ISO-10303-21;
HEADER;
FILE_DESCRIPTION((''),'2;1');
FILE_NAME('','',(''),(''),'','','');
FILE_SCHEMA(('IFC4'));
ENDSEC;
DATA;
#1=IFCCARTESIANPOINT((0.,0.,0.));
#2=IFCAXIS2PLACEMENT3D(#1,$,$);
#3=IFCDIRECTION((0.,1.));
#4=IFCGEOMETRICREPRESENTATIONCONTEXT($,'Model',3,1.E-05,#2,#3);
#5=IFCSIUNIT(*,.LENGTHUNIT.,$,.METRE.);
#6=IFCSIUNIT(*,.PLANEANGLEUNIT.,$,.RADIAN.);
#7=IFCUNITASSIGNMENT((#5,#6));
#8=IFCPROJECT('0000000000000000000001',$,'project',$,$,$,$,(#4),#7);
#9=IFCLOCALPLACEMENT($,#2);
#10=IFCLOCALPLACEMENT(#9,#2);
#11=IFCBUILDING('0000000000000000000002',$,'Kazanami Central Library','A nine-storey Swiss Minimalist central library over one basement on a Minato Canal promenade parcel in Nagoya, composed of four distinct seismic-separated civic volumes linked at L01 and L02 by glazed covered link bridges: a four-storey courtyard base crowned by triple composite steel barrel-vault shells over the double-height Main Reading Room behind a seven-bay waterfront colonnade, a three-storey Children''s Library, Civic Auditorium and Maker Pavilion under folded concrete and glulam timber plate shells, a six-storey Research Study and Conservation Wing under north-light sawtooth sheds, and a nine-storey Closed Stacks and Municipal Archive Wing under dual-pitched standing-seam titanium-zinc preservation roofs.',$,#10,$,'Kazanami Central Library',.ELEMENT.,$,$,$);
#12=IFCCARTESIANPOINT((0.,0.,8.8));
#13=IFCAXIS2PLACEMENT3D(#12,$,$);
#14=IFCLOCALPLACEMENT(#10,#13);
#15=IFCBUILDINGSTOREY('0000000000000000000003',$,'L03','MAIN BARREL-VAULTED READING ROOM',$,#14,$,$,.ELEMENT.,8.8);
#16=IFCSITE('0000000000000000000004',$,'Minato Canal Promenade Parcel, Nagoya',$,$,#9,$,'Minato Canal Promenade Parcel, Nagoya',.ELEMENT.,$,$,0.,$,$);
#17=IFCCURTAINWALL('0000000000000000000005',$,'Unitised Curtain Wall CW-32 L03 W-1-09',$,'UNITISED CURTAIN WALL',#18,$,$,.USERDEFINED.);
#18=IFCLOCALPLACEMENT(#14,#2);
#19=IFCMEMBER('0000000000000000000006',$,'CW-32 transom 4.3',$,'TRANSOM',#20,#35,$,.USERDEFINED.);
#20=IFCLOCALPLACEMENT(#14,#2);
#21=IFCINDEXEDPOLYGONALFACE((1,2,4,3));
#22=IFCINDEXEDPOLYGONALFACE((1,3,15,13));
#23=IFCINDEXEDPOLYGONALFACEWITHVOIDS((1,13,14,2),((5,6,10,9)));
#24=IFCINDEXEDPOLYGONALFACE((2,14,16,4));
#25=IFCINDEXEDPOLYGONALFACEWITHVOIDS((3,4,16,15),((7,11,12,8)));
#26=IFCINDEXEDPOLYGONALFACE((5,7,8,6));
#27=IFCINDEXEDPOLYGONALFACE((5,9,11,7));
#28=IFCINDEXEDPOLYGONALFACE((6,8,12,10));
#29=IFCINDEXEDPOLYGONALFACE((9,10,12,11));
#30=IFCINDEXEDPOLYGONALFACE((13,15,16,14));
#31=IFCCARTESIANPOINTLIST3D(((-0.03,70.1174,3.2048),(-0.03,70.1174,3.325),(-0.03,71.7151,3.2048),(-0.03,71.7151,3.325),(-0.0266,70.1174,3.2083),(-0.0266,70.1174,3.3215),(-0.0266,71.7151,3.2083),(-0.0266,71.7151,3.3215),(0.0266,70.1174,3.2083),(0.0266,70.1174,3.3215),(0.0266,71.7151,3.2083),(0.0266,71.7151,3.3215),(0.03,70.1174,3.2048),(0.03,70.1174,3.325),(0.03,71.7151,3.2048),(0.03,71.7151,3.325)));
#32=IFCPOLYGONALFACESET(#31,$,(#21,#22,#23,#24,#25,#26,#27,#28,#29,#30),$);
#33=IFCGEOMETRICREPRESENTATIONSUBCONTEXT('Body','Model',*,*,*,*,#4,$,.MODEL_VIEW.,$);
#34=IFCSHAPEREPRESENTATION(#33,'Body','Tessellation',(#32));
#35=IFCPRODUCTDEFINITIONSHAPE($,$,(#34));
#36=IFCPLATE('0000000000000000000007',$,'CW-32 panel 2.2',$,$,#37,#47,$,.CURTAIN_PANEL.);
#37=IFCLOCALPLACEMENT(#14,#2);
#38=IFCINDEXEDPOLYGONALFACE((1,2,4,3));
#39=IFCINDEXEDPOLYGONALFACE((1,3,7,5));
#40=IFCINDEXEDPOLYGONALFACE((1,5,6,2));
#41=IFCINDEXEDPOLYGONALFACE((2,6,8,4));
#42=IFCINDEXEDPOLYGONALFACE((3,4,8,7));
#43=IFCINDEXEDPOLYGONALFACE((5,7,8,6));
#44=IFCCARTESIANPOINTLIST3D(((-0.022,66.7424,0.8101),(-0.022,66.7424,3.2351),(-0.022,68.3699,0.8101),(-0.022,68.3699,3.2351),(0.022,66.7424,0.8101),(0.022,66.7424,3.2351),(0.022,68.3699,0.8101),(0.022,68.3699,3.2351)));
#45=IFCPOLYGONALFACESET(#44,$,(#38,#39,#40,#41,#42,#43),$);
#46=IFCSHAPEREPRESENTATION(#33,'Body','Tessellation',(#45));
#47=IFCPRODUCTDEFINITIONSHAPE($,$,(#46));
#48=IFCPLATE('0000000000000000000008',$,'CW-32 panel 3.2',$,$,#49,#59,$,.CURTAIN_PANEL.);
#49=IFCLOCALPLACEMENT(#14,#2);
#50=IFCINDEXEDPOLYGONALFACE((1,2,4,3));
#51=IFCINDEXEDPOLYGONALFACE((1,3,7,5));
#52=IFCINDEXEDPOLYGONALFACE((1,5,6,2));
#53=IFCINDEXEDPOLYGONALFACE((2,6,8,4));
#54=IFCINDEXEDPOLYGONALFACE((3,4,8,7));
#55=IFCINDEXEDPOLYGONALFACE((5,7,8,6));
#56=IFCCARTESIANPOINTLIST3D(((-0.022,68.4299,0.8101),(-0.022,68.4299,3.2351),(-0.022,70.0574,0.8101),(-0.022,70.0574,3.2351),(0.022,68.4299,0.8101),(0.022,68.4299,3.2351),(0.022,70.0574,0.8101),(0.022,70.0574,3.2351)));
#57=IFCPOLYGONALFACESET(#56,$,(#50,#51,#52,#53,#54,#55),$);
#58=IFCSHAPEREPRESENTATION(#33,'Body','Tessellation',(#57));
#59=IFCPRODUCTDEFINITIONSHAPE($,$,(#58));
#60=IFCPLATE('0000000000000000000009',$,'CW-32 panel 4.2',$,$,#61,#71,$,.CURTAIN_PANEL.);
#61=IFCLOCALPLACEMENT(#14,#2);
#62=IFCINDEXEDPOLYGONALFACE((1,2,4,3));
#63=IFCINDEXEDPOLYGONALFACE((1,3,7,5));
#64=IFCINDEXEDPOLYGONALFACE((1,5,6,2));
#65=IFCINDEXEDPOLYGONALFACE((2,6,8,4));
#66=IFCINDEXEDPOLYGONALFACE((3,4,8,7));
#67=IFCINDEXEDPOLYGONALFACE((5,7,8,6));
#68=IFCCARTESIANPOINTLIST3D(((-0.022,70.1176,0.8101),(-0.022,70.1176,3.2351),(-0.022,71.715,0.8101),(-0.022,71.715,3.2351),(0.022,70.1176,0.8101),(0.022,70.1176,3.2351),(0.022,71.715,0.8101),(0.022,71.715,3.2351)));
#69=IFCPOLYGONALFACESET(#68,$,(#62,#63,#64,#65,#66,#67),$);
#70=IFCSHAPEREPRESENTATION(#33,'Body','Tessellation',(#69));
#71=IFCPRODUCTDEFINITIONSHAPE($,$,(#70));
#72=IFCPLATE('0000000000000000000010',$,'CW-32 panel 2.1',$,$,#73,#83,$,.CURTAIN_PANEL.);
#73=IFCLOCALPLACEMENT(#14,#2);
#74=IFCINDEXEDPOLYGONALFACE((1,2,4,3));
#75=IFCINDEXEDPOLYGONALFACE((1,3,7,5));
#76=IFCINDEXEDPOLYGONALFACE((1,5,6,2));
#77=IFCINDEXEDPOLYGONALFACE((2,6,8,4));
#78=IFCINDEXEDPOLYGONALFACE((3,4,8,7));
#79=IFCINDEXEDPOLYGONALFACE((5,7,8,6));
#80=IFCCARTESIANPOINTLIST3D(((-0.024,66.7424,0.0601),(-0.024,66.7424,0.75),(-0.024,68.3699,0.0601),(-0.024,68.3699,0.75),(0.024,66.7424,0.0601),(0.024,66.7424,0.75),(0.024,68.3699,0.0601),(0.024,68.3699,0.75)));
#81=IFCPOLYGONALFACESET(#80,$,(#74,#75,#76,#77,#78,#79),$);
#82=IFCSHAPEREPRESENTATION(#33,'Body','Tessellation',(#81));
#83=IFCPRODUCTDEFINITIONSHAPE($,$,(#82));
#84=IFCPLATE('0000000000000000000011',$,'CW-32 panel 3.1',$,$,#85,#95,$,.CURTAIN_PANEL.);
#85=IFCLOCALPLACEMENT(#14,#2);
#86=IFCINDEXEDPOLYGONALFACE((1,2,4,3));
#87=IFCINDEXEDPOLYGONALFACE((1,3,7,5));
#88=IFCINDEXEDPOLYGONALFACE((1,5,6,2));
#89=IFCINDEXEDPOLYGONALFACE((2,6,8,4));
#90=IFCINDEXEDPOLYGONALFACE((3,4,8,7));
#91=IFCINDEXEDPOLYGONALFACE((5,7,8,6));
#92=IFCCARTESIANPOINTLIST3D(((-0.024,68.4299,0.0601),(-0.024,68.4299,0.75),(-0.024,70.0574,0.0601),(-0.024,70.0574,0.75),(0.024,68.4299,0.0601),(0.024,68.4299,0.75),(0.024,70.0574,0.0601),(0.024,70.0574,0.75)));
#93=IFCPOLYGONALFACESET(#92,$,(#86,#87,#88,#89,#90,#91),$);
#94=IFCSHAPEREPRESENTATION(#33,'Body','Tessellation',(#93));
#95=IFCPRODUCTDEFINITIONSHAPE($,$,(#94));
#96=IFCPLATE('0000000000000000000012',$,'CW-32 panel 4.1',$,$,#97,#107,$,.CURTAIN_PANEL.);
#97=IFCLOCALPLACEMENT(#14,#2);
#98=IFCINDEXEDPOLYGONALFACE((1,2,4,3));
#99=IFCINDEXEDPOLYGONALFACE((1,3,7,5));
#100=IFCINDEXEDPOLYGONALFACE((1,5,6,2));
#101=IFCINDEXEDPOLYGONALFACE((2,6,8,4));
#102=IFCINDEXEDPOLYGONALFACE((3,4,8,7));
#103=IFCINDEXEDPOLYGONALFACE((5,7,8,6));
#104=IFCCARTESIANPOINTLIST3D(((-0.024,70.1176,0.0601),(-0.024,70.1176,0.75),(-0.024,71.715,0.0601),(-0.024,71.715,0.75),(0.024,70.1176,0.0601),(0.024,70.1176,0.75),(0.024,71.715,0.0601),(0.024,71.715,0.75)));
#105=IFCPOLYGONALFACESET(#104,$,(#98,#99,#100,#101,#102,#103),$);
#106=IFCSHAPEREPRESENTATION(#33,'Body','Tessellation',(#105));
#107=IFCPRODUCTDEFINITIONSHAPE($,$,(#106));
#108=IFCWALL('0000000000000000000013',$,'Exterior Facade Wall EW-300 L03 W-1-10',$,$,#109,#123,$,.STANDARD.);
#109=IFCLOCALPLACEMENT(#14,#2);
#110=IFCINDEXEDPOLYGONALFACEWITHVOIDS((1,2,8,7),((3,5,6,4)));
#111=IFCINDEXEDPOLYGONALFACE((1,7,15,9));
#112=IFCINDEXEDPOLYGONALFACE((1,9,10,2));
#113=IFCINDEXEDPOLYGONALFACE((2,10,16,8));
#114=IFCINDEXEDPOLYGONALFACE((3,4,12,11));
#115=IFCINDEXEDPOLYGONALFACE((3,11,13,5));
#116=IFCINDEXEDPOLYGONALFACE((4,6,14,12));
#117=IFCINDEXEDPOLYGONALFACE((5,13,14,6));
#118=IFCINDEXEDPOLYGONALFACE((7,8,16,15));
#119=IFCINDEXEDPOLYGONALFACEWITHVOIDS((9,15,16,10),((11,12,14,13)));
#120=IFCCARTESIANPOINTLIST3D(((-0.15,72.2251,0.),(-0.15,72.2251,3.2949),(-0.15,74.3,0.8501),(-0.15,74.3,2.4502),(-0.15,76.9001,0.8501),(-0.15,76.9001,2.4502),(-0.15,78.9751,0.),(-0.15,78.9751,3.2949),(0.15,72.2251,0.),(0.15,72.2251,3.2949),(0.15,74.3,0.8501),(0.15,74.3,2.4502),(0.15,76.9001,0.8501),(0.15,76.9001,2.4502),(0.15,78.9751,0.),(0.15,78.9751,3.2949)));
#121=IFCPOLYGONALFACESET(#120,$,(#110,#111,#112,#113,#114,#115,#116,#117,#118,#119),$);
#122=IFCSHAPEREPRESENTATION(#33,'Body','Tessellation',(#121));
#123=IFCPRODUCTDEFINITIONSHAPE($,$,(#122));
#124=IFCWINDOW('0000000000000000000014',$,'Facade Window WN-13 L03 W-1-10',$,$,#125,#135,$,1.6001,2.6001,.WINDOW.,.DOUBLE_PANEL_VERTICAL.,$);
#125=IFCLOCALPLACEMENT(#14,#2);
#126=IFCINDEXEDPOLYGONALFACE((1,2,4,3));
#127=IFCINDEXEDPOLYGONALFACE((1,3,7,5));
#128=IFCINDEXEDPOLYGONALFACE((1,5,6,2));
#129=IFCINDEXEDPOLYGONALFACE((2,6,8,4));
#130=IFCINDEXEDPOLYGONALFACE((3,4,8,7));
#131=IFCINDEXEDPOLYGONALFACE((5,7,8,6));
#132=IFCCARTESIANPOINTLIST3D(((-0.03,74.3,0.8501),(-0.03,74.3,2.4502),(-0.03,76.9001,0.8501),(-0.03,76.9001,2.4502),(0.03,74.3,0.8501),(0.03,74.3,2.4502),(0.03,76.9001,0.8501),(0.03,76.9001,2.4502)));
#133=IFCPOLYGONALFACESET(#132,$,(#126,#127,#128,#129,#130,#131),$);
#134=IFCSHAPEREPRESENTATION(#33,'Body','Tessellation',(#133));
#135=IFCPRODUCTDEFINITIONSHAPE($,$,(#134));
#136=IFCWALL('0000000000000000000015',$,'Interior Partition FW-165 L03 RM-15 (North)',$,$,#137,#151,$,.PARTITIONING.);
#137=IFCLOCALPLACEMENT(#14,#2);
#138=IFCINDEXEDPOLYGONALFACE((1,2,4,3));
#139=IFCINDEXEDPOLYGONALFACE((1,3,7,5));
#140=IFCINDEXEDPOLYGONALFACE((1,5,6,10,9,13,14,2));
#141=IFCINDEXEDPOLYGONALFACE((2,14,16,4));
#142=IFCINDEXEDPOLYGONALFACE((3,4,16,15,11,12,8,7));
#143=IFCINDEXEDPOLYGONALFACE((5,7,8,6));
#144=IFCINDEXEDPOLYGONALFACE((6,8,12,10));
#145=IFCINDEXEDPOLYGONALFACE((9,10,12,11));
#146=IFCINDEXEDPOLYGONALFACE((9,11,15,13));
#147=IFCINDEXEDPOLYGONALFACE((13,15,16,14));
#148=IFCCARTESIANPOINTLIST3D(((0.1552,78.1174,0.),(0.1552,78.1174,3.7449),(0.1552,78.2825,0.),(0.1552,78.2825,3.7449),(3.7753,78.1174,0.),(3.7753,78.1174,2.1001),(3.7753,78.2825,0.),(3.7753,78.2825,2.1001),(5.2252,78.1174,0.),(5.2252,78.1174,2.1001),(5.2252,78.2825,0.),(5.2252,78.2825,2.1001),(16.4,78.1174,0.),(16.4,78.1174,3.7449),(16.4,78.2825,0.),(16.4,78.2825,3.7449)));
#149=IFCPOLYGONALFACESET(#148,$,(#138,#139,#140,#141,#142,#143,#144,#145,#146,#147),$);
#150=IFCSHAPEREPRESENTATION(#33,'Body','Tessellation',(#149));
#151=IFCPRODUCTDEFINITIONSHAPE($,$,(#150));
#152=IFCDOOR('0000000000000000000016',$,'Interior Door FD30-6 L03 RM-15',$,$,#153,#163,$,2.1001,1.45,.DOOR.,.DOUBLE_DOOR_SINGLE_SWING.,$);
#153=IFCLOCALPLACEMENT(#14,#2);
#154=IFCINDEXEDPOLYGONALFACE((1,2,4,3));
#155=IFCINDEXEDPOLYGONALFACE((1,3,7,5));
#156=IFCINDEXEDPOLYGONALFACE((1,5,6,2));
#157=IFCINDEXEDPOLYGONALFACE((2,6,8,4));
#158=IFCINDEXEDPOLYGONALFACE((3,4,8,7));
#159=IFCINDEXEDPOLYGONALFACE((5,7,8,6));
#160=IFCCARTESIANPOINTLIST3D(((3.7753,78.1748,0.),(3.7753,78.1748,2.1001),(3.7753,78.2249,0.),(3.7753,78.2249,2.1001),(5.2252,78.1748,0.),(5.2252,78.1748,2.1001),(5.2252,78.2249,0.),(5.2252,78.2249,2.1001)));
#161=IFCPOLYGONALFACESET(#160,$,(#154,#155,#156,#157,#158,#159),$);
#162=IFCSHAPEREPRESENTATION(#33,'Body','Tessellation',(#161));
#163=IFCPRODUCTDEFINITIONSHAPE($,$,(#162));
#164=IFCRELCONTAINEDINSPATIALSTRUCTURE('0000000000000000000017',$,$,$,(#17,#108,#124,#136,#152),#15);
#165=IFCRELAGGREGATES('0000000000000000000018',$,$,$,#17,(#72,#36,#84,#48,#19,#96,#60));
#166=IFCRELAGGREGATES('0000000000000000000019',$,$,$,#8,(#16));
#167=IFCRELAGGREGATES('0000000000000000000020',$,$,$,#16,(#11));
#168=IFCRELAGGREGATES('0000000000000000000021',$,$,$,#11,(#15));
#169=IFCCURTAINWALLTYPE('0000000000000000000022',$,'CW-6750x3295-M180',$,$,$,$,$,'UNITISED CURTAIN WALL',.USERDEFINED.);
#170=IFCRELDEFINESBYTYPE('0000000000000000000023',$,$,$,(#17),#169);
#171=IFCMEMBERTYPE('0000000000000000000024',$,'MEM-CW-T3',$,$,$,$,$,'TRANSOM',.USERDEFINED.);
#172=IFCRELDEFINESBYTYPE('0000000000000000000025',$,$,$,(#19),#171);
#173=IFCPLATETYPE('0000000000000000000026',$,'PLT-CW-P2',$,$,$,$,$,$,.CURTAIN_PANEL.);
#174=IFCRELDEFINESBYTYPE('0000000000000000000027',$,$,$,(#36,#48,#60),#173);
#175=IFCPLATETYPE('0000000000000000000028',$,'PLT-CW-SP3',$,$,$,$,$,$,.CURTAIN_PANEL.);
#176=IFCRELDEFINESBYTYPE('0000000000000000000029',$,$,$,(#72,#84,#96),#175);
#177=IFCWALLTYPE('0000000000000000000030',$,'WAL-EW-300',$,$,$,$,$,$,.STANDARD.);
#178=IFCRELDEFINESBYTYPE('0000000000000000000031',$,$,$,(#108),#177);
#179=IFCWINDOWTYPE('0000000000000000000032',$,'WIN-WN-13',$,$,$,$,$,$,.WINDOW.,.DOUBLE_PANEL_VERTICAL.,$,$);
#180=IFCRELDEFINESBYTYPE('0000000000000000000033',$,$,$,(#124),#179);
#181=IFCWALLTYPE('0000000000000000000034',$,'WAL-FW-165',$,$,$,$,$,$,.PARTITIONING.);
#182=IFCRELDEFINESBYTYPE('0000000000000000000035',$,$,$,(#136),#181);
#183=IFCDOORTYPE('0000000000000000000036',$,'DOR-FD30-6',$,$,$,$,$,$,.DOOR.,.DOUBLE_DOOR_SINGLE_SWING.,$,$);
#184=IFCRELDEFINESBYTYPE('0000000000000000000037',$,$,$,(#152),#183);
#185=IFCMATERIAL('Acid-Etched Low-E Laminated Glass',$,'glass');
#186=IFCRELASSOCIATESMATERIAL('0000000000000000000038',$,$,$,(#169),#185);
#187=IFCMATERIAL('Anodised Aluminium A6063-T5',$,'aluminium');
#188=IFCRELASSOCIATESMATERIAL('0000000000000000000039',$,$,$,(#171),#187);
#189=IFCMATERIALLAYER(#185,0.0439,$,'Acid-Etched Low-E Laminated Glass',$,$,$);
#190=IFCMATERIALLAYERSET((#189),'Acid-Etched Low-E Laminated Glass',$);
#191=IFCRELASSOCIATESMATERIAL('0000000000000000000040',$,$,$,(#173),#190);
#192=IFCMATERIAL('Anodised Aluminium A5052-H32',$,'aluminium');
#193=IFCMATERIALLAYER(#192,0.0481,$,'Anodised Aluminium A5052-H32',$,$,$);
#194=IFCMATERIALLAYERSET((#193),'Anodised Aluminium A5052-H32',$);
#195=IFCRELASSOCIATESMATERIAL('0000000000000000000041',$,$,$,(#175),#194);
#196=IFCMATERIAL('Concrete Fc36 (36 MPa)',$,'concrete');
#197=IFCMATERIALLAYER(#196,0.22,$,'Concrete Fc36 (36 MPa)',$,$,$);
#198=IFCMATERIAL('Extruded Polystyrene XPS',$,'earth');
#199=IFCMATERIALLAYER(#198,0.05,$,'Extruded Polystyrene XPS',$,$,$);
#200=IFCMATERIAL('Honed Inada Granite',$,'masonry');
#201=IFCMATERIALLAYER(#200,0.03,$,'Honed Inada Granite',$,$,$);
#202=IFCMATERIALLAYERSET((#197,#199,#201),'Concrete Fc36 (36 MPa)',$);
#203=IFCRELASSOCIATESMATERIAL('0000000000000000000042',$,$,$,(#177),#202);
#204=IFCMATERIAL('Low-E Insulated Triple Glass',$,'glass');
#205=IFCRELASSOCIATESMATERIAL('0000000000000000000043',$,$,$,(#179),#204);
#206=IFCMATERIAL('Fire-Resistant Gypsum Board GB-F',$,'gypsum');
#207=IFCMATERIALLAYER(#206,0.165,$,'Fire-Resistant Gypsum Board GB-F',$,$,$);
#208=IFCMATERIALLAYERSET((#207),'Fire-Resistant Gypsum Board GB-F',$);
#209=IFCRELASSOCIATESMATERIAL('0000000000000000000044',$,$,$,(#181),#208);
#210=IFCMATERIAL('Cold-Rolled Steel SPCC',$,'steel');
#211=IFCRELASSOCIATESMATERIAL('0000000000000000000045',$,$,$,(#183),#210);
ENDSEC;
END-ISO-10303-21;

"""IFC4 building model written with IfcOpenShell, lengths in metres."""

from ifc_helpers import new_model, si_unit, direction, frame, frame_2d, origin, origin_2d, place, context, subcontext, project, spatial, rectangle, hollow_rectangle, extrude, material, layer, layer_set, material_profile, profile_set, type_object, element, fill, aggregate, save


model = new_model("IFC4")

# Units and contexts
model_context = context("Model", 3, precision=1e-05, world=origin(), true_north=direction((0.0, 1.0)))
body_context = subcontext(model_context, "Body", "Model", "MODEL_VIEW")
ifc_project = project(units=[si_unit("LENGTHUNIT", "METRE"), si_unit("PLANEANGLEUNIT", "RADIAN")], contexts=[model_context])

# Site, building, storey
site_placement = place(None, origin())
site = spatial("IfcSite", under=ifc_project, at=site_placement, Name="Minato Canal Promenade Parcel, Nagoya", LongName="Minato Canal Promenade Parcel, Nagoya", CompositionType="ELEMENT", RefElevation=0.0)
building_placement = place(site_placement, origin())
building = spatial("IfcBuilding", under=site, at=building_placement, Name="Kazanami Central Library", Description="A nine-storey Swiss Minimalist central library over one basement on a Minato Canal promenade parcel in Nagoya, composed of four distinct seismic-separated civic volumes linked at L01 and L02 by glazed covered link bridges: a four-storey courtyard base crowned by triple composite steel barrel-vault shells over the double-height Main Reading Room behind a seven-bay waterfront colonnade, a three-storey Children's Library, Civic Auditorium and Maker Pavilion under folded concrete and glulam timber plate shells, a six-storey Research Study and Conservation Wing under north-light sawtooth sheds, and a nine-storey Closed Stacks and Municipal Archive Wing under dual-pitched standing-seam titanium-zinc preservation roofs.", LongName="Kazanami Central Library", CompositionType="ELEMENT")
storey_placement = place(building_placement, frame((0.0, 0.0, 8.8)))
storey = spatial("IfcBuildingStorey", under=building, at=storey_placement, Name="L03", Description="MAIN BARREL-VAULTED READING ROOM", CompositionType="ELEMENT", Elevation=8.8)

# Curtain wall, member, plates
ifc_material_1 = material(Name="Acid-Etched Low-E Laminated Glass", Category="glass")
curtain_wall_type = type_object("IfcCurtainWallType", Name="CW-6750x3295-M180", ElementType="UNITISED CURTAIN WALL", PredefinedType="USERDEFINED", material=ifc_material_1)
curtain_wall_placement = place(storey_placement, origin())
curtain_wall = element("IfcCurtainWall", 1, at=curtain_wall_placement, inside=storey, type_object=curtain_wall_type, Name="Unitised Curtain Wall CW-32 L03 W-1-09", ObjectType="UNITISED CURTAIN WALL", PredefinedType="USERDEFINED")
ifc_material_2 = material(Name="Anodised Aluminium A6063-T5", Category="aluminium")
ifc_material_profile_1 = material_profile(ifc_material_2, hollow_rectangle(XDim=0.0601, YDim=0.1201, WallThickness=0.0034, at=origin_2d()), Name="ALU-TRAN-60x120x3.5")
ifc_profile_set_1 = profile_set([ifc_material_profile_1], Name="Anodised Aluminium A6063-T5")
member_type_1 = type_object("IfcMemberType", Name="MEM-CW-T3", ElementType="TRANSOM", PredefinedType="USERDEFINED", material=ifc_profile_set_1)
member_1_placement = place(storey_placement, frame((0.0, 70.1174, 3.2649), z_axis=(0.0, 1.0, 0.0), x_axis=(-1.0, 0.0, 0.0)))
member_1 = element("IfcMember", 2, at=member_1_placement, type_object=member_type_1, Name="CW-32 transom 4.3", ObjectType="TRANSOM", PredefinedType="USERDEFINED", context=body_context, shape_type="SweptSolid", body=[
    extrude(hollow_rectangle(XDim=0.0601, YDim=0.1201, WallThickness=0.0034, at=origin_2d()), origin(), (0.0, 0.0, 1.0), 1.5977),
])
ifc_layer_1 = layer(ifc_material_1, 0.0439, Name="Acid-Etched Low-E Laminated Glass")
ifc_layer_set_1 = layer_set([ifc_layer_1], Name="Acid-Etched Low-E Laminated Glass")
plate_type_1 = type_object("IfcPlateType", Name="PLT-CW-P2", PredefinedType="CURTAIN_PANEL", material=ifc_layer_set_1)
plate_1_placement = place(storey_placement, frame((0.0, 67.5562, 0.8101), z_axis=(0.0, 0.0, 1.0), x_axis=(0.0, 1.0, 0.0)))
plate_1 = element("IfcPlate", 3, at=plate_1_placement, type_object=plate_type_1, Name="CW-32 panel 2.2", PredefinedType="CURTAIN_PANEL", context=body_context, shape_type="SweptSolid", body=[
    extrude(rectangle(XDim=1.6274, YDim=0.0439, at=origin_2d()), origin(), (0.0, 0.0, 1.0), 2.425),
])
plate_2_placement = place(storey_placement, frame((0.0, 69.2437, 0.8101), z_axis=(0.0, 0.0, 1.0), x_axis=(0.0, 1.0, 0.0)))
plate_2 = element("IfcPlate", 4, at=plate_2_placement, type_object=plate_type_1, Name="CW-32 panel 3.2", PredefinedType="CURTAIN_PANEL", context=body_context, shape_type="SweptSolid", body=[
    extrude(rectangle(XDim=1.6274, YDim=0.0439, at=origin_2d()), origin(), (0.0, 0.0, 1.0), 2.425),
])
plate_3_placement = place(storey_placement, frame((0.0, 70.9163, 0.8101), z_axis=(0.0, 0.0, 1.0), x_axis=(0.0, 1.0, 0.0)))
plate_3 = element("IfcPlate", 5, at=plate_3_placement, type_object=plate_type_1, Name="CW-32 panel 4.2", PredefinedType="CURTAIN_PANEL", context=body_context, shape_type="SweptSolid", body=[
    extrude(rectangle(XDim=1.5974, YDim=0.0439, at=origin_2d()), origin(), (0.0, 0.0, 1.0), 2.425),
])
ifc_material_3 = material(Name="Anodised Aluminium A5052-H32", Category="aluminium")
ifc_layer_2 = layer(ifc_material_3, 0.0481, Name="Anodised Aluminium A5052-H32")
ifc_layer_set_2 = layer_set([ifc_layer_2], Name="Anodised Aluminium A5052-H32")
plate_type_2 = type_object("IfcPlateType", Name="PLT-CW-SP3", PredefinedType="CURTAIN_PANEL", material=ifc_layer_set_2)
plate_4_placement = place(storey_placement, frame((0.0, 67.5562, 0.0601), z_axis=(0.0, 0.0, 1.0), x_axis=(0.0, 1.0, 0.0)))
plate_4 = element("IfcPlate", 6, at=plate_4_placement, type_object=plate_type_2, Name="CW-32 panel 2.1", PredefinedType="CURTAIN_PANEL", context=body_context, shape_type="SweptSolid", body=[
    extrude(rectangle(XDim=1.6274, YDim=0.0481, at=origin_2d()), origin(), (0.0, 0.0, 1.0), 0.6899),
])
plate_5_placement = place(storey_placement, frame((0.0, 69.2437, 0.0601), z_axis=(0.0, 0.0, 1.0), x_axis=(0.0, 1.0, 0.0)))
plate_5 = element("IfcPlate", 7, at=plate_5_placement, type_object=plate_type_2, Name="CW-32 panel 3.1", PredefinedType="CURTAIN_PANEL", context=body_context, shape_type="SweptSolid", body=[
    extrude(rectangle(XDim=1.6274, YDim=0.0481, at=origin_2d()), origin(), (0.0, 0.0, 1.0), 0.6899),
])
plate_6_placement = place(storey_placement, frame((0.0, 70.9163, 0.0601), z_axis=(0.0, 0.0, 1.0), x_axis=(0.0, 1.0, 0.0)))
plate_6 = element("IfcPlate", 8, at=plate_6_placement, type_object=plate_type_2, Name="CW-32 panel 4.1", PredefinedType="CURTAIN_PANEL", context=body_context, shape_type="SweptSolid", body=[
    extrude(rectangle(XDim=1.5974, YDim=0.0481, at=origin_2d()), origin(), (0.0, 0.0, 1.0), 0.6899),
])
aggregate(curtain_wall, [plate_4, plate_1, plate_5, plate_2, member_1, plate_6, plate_3])

# Wall, opening, window
ifc_material_4 = material(Name="Concrete Fc36 (36 MPa)", Category="concrete")
ifc_layer_3 = layer(ifc_material_4, 0.22, Name="Concrete Fc36 (36 MPa)")
ifc_material_5 = material(Name="Extruded Polystyrene XPS", Category="earth")
ifc_layer_4 = layer(ifc_material_5, 0.05, Name="Extruded Polystyrene XPS")
ifc_material_6 = material(Name="Honed Inada Granite", Category="masonry")
ifc_layer_5 = layer(ifc_material_6, 0.03, Name="Honed Inada Granite")
ifc_layer_set_3 = layer_set([ifc_layer_3, ifc_layer_4, ifc_layer_5], Name="Concrete Fc36 (36 MPa)")
wall_type_1 = type_object("IfcWallType", Name="WAL-EW-300", PredefinedType="STANDARD", material=ifc_layer_set_3)
wall_1_placement = place(storey_placement, frame((0.0, 72.2251, 0.0), z_axis=(0.0, 0.0, 1.0), x_axis=(0.0, 1.0, 0.0)))
wall_1 = element("IfcWall", 9, at=wall_1_placement, inside=storey, type_object=wall_type_1, Name="Exterior Facade Wall EW-300 L03 W-1-10", PredefinedType="STANDARD", context=body_context, shape_type="SweptSolid", body=[
    extrude(rectangle(XDim=6.75, YDim=0.3, at=frame_2d((3.375, 0.0))), origin(), (0.0, 0.0, 1.0), 3.2949),
])
opening_1_placement = place(wall_1_placement, frame((2.075, 0.0, 0.8501)))
opening_1 = element("IfcOpeningElement", 10, at=opening_1_placement, cuts=wall_1, PredefinedType="OPENING", context=body_context, shape_type="SweptSolid", body=[
    extrude(rectangle(XDim=2.6001, YDim=1.6001, at=frame_2d((1.3, 0.8))), frame((0.0, 0.1621, 0.0), z_axis=(0.0, -1.0, 0.0), x_axis=(1.0, 0.0, 0.0)), (0.0, 0.0, 1.0), 0.324),
])
ifc_material_7 = material(Name="Low-E Insulated Triple Glass", Category="glass")
window_type = type_object("IfcWindowType", Name="WIN-WN-13", PartitioningType="DOUBLE_PANEL_VERTICAL", PredefinedType="WINDOW", material=ifc_material_7)
window_placement = place(opening_1_placement, origin())
window = element("IfcWindow", 11, at=window_placement, inside=storey, type_object=window_type, Name="Facade Window WN-13 L03 W-1-10", OverallHeight=1.6001, OverallWidth=2.6001, PartitioningType="DOUBLE_PANEL_VERTICAL", PredefinedType="WINDOW", context=body_context, shape_type="SweptSolid", body=[
    extrude(rectangle(XDim=2.6001, YDim=1.6001, at=frame_2d((1.3, 0.8))), frame((0.0, 0.03, 0.0), z_axis=(0.0, -1.0, 0.0), x_axis=(1.0, 0.0, 0.0)), (0.0, 0.0, 1.0), 0.0601),
])
fill(opening_1, window)

# Wall, opening, door
ifc_material_8 = material(Name="Fire-Resistant Gypsum Board GB-F", Category="gypsum")
ifc_layer_6 = layer(ifc_material_8, 0.165, Name="Fire-Resistant Gypsum Board GB-F")
ifc_layer_set_4 = layer_set([ifc_layer_6], Name="Fire-Resistant Gypsum Board GB-F")
wall_type_2 = type_object("IfcWallType", Name="WAL-FW-165", PredefinedType="PARTITIONING", material=ifc_layer_set_4)
wall_2_placement = place(storey_placement, frame((0.155, 78.2, 0.0), z_axis=(0.0, 0.0, 1.0), x_axis=(1.0, 0.0, 0.0)))
wall_2 = element("IfcWall", 12, at=wall_2_placement, inside=storey, type_object=wall_type_2, Name="Interior Partition FW-165 L03 RM-15 (North)", PredefinedType="PARTITIONING", context=body_context, shape_type="SweptSolid", body=[
    extrude(rectangle(XDim=16.2449, YDim=0.165, at=frame_2d((8.1226, 0.0))), origin(), (0.0, 0.0, 1.0), 3.7449),
])
opening_2_placement = place(wall_2_placement, frame((3.6201, 0.0, 0.0)))
opening_2 = element("IfcOpeningElement", 13, at=opening_2_placement, cuts=wall_2, PredefinedType="OPENING", context=body_context, shape_type="SweptSolid", body=[
    extrude(rectangle(XDim=1.45, YDim=2.1001, at=frame_2d((0.7251, 1.05))), frame((0.0, 0.0945, 0.0), z_axis=(0.0, -1.0, 0.0), x_axis=(1.0, 0.0, 0.0)), (0.0, 0.0, 1.0), 0.189),
])
ifc_material_9 = material(Name="Cold-Rolled Steel SPCC", Category="steel")
door_type = type_object("IfcDoorType", Name="DOR-FD30-6", OperationType="DOUBLE_DOOR_SINGLE_SWING", PredefinedType="DOOR", material=ifc_material_9)
door_placement = place(opening_2_placement, origin())
door = element("IfcDoor", 14, at=door_placement, inside=storey, type_object=door_type, Name="Interior Door FD30-6 L03 RM-15", OperationType="DOUBLE_DOOR_SINGLE_SWING", OverallHeight=2.1001, OverallWidth=1.45, PredefinedType="DOOR", context=body_context, shape_type="SweptSolid", body=[
    extrude(rectangle(XDim=1.45, YDim=2.1001, at=frame_2d((0.7251, 1.05))), frame((0.0, 0.0249, 0.0), z_axis=(0.0, -1.0, 0.0), x_axis=(1.0, 0.0, 0.0)), (0.0, 0.0, 1.0), 0.05),
])
fill(opening_2, door)

save(model, "model.ifc")
